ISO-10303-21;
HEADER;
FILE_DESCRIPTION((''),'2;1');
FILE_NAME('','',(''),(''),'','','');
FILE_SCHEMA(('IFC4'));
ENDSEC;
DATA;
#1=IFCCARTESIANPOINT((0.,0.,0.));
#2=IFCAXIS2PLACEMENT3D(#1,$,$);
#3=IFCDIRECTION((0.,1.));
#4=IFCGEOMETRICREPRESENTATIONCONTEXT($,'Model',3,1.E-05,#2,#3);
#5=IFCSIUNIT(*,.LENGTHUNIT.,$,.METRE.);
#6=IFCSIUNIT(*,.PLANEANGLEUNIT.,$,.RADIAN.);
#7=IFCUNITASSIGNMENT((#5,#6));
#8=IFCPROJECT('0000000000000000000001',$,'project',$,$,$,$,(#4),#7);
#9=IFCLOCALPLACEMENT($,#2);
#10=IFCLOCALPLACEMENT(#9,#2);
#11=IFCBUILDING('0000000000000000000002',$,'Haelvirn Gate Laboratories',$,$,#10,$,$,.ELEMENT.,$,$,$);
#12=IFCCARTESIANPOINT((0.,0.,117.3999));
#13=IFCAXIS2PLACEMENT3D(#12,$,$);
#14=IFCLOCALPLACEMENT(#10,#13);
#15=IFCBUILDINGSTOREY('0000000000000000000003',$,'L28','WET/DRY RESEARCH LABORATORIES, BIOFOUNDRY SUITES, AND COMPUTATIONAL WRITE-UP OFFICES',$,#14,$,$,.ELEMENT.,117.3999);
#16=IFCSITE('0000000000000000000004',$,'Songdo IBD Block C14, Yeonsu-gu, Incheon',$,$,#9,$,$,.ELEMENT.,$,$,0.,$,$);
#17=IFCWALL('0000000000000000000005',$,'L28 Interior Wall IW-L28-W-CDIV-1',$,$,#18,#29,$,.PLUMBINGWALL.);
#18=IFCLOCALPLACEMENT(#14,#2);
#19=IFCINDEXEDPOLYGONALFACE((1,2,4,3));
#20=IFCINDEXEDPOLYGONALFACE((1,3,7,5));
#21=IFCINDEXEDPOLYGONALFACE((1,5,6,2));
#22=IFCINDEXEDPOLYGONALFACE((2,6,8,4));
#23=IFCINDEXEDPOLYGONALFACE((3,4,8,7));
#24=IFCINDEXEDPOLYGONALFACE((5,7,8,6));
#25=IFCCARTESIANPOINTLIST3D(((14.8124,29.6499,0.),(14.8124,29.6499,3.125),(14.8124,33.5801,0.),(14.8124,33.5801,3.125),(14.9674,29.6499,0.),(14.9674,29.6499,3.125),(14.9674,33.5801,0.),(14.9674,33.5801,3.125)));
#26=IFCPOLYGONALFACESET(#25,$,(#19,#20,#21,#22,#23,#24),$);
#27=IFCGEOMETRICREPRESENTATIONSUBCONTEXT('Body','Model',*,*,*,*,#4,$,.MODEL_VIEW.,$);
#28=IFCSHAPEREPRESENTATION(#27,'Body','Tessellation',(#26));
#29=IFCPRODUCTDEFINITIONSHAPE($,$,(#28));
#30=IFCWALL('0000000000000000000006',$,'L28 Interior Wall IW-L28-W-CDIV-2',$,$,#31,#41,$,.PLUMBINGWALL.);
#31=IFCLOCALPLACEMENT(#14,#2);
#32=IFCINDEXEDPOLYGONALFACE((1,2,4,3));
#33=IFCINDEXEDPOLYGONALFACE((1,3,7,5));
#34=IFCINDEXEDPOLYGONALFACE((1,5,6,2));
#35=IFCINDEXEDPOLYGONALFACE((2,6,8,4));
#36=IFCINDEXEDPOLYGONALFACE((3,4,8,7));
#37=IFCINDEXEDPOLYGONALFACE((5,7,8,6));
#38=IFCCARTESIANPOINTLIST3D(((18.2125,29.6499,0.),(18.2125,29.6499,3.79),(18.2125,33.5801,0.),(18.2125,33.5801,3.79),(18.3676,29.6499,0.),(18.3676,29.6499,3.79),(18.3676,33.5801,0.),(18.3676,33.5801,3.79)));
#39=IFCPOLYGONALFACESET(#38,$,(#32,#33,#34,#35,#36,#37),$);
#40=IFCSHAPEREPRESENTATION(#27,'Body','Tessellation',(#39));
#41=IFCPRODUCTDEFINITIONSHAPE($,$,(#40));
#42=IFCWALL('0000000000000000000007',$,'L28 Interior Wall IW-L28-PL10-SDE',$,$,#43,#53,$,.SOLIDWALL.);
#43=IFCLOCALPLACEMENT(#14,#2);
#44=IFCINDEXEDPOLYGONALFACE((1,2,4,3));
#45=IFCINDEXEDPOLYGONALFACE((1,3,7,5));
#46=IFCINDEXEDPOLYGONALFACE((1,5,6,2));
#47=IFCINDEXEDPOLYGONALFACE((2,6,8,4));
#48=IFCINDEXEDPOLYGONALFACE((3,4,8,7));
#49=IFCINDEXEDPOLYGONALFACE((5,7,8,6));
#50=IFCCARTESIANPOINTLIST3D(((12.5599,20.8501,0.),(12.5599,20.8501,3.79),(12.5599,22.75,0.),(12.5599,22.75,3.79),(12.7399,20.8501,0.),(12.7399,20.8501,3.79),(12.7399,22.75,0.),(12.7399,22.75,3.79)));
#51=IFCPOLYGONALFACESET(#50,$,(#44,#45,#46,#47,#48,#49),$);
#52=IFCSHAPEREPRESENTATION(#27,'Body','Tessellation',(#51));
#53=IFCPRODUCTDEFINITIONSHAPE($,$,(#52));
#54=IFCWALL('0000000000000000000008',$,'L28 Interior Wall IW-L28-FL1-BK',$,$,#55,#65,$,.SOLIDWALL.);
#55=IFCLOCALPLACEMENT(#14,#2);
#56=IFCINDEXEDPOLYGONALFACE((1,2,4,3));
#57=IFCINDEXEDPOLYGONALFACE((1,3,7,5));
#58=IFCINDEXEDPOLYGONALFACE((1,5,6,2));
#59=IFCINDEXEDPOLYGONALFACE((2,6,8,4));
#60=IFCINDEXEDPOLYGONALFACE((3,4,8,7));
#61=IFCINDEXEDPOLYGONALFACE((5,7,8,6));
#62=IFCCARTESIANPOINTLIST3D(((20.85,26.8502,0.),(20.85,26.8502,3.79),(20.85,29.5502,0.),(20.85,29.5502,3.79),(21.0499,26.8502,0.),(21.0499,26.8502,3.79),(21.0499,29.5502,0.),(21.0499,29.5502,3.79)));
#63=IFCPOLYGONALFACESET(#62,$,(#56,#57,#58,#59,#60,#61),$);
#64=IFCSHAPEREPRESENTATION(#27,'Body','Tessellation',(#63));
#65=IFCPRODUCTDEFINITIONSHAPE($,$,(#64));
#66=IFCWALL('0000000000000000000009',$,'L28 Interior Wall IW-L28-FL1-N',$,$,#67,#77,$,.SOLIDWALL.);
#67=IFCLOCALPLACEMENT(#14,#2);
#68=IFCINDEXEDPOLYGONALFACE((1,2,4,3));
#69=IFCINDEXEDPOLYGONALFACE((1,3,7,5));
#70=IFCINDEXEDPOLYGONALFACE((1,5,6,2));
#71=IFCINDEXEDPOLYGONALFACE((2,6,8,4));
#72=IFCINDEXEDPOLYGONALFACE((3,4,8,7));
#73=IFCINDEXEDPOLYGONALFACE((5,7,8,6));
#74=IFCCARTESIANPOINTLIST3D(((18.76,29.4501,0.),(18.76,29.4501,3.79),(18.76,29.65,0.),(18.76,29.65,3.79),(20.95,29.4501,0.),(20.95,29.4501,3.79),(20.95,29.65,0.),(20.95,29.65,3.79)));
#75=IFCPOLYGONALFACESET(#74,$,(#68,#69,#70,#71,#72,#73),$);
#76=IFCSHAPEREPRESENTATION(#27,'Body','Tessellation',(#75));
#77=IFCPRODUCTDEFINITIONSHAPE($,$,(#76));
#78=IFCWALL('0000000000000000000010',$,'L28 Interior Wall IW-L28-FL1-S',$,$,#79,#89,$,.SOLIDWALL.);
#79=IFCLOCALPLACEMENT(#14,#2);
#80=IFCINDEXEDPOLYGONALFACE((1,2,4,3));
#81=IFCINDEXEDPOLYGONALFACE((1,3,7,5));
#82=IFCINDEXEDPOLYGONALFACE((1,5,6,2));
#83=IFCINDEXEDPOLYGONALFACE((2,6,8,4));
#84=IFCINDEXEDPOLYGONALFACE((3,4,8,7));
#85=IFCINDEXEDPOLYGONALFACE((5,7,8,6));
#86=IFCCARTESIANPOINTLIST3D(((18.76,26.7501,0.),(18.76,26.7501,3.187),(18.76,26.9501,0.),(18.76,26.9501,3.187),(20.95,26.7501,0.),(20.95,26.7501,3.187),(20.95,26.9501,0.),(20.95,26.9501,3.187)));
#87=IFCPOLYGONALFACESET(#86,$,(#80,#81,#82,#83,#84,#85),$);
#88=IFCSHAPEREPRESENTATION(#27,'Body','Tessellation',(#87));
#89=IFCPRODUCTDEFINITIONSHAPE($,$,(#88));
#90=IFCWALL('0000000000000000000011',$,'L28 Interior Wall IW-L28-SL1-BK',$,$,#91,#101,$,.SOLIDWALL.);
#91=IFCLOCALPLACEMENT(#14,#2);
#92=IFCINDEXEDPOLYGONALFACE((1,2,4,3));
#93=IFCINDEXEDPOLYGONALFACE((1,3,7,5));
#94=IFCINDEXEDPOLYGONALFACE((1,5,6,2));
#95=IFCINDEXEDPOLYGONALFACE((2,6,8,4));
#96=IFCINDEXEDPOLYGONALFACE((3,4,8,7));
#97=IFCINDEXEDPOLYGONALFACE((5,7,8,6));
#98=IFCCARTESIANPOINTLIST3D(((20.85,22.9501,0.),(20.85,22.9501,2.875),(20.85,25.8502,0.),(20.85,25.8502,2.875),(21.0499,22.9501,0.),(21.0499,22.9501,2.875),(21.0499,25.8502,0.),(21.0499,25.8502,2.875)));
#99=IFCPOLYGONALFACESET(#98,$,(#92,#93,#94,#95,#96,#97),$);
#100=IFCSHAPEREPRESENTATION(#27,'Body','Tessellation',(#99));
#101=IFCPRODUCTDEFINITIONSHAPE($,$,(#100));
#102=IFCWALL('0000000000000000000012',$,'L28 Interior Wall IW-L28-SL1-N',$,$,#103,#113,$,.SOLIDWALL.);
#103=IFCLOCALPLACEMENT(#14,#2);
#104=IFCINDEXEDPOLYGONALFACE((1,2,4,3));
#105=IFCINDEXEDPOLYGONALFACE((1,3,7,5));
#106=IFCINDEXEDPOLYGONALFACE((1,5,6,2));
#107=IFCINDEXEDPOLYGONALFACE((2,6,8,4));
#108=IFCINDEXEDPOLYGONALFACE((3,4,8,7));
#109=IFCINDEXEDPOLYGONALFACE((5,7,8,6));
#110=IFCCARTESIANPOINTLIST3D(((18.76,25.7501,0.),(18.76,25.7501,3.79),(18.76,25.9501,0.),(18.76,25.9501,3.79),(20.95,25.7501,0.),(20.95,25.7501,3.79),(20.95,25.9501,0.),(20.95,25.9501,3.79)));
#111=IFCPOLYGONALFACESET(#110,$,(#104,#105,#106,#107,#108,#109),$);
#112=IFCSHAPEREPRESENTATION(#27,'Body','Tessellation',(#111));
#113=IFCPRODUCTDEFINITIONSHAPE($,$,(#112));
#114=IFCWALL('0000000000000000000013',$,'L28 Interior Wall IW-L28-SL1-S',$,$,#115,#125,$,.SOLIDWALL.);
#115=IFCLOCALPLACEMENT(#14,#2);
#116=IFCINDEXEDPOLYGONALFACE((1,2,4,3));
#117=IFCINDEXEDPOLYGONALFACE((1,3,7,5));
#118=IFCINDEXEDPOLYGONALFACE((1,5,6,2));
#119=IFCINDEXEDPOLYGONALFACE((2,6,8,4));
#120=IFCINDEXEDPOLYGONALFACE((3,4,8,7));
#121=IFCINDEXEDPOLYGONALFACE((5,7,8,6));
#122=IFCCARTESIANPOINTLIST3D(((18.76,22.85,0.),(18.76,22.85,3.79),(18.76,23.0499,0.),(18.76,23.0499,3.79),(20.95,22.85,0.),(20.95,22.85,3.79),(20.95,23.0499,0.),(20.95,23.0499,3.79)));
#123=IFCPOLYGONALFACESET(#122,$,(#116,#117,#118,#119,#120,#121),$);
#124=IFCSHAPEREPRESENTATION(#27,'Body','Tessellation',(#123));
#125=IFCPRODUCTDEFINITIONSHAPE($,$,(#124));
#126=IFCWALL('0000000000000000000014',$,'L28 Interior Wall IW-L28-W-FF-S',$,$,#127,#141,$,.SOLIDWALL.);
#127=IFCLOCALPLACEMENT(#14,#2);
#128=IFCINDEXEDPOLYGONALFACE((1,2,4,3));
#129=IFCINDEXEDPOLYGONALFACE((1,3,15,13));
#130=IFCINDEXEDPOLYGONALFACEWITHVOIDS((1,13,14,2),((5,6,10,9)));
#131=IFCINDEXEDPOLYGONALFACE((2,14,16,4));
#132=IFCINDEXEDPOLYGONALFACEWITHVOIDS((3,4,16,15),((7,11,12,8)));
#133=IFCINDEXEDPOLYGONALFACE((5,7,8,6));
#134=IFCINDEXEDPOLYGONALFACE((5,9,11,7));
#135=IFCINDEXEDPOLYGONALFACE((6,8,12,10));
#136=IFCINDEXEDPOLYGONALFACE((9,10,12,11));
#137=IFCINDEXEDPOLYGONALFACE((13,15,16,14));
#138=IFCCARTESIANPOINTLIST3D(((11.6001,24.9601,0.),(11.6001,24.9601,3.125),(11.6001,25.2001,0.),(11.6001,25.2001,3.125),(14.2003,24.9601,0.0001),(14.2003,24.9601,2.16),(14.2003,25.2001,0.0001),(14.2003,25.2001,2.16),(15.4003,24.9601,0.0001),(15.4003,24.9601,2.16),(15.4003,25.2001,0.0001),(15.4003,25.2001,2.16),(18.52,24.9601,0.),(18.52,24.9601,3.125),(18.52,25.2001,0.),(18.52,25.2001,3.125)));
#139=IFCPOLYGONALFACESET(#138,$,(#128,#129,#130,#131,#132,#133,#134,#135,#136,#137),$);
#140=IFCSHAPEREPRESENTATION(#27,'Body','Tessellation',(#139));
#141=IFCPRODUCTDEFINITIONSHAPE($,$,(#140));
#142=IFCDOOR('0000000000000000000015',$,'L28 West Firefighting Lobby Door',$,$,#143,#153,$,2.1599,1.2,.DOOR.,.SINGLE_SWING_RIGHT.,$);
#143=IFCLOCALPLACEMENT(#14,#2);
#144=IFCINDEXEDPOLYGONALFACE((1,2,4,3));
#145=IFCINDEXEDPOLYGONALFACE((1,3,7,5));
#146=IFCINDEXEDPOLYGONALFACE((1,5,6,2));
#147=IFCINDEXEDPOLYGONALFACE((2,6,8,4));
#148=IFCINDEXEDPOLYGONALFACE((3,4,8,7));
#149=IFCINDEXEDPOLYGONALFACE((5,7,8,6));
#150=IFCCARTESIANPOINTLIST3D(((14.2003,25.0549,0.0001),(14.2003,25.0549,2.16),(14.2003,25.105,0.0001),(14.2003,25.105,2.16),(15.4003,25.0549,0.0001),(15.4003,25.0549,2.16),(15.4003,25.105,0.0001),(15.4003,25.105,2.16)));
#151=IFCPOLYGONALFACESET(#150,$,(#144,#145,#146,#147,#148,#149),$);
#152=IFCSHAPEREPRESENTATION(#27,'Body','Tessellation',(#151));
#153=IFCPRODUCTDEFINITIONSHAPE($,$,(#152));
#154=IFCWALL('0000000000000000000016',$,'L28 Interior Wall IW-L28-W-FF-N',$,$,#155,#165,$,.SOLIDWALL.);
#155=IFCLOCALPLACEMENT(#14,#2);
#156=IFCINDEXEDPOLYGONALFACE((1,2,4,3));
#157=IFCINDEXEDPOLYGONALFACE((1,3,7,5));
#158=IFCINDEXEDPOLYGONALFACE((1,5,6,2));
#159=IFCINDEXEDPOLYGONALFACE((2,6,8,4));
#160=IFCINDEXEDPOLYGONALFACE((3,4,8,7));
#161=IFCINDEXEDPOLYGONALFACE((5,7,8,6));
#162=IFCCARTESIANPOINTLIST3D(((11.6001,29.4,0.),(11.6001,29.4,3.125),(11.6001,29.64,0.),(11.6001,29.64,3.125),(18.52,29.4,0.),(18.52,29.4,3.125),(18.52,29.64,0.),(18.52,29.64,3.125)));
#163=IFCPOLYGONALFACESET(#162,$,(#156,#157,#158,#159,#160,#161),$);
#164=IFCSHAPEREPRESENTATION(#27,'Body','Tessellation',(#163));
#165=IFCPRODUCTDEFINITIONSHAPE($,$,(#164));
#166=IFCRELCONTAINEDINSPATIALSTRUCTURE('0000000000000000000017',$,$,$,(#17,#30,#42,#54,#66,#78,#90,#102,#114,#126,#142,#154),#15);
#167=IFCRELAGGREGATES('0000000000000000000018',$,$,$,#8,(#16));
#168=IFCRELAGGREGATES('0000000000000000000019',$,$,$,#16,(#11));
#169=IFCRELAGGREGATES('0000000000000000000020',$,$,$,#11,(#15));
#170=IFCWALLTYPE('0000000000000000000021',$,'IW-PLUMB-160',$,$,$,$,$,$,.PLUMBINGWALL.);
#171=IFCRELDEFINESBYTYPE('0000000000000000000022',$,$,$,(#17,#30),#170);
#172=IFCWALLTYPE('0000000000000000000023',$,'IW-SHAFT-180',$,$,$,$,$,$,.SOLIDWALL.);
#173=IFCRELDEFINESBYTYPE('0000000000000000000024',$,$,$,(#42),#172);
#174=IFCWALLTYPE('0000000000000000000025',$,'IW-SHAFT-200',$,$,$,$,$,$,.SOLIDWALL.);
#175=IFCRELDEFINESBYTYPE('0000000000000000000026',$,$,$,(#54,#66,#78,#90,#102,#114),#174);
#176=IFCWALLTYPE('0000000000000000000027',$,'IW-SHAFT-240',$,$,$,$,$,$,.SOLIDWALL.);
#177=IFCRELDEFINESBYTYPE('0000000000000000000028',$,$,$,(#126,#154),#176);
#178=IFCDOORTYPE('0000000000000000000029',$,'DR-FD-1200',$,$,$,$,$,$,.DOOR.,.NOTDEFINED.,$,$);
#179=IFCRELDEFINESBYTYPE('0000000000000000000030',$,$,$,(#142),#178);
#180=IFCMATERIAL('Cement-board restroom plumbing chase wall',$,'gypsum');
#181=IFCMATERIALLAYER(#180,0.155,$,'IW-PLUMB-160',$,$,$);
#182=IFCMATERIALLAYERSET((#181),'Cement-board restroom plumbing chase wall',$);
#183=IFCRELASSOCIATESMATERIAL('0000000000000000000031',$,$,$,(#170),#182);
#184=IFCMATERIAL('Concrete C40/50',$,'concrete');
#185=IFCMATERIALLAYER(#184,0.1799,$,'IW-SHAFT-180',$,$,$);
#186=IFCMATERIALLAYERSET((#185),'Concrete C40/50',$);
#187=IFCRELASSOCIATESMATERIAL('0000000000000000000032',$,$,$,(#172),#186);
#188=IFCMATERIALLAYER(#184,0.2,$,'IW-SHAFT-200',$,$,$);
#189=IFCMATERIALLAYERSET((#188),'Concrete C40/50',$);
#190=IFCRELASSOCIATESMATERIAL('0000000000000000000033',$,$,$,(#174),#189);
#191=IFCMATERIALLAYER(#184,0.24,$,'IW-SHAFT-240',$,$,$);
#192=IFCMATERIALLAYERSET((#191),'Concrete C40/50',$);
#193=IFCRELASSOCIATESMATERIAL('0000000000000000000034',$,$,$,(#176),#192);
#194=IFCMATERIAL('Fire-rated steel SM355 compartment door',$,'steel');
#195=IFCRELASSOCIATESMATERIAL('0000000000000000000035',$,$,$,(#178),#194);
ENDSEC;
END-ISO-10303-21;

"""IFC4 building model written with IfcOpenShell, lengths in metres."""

from ifc_helpers import new_model, si_unit, direction, frame, frame_2d, origin, place, context, subcontext, project, spatial, rectangle, extrude, source, transform, mapped, material, layer, layer_set, type_object, type_shapes, element, fill, save


model = new_model("IFC4")

# Units and contexts
model_context = context("Model", 3, precision=1e-05, world=origin(), true_north=direction((0.0, 1.0)))
body_context = subcontext(model_context, "Body", "Model", "MODEL_VIEW")
ifc_project = project(units=[si_unit("LENGTHUNIT", "METRE"), si_unit("PLANEANGLEUNIT", "RADIAN")], contexts=[model_context])

# Site, building, storey
site_placement = place(None, origin())
site = spatial("IfcSite", under=ifc_project, at=site_placement, Name="Songdo IBD Block C14, Yeonsu-gu, Incheon", CompositionType="ELEMENT", RefElevation=0.0)
building_placement = place(site_placement, origin())
building = spatial("IfcBuilding", under=site, at=building_placement, Name="Haelvirn Gate Laboratories", CompositionType="ELEMENT")
storey_placement = place(building_placement, frame((0.0, 0.0, 117.3999)))
storey = spatial("IfcBuildingStorey", under=building, at=storey_placement, Name="L28", Description="WET/DRY RESEARCH LABORATORIES, BIOFOUNDRY SUITES, AND COMPUTATIONAL WRITE-UP OFFICES", CompositionType="ELEMENT", Elevation=117.3999)

# Walls
ifc_material_1 = material(Name="Cement-board restroom plumbing chase wall", Category="gypsum")
ifc_layer_1 = layer(ifc_material_1, 0.155, Name="IW-PLUMB-160")
ifc_layer_set_1 = layer_set([ifc_layer_1], Name="Cement-board restroom plumbing chase wall")
wall_type_1 = type_object("IfcWallType", Name="IW-PLUMB-160", PredefinedType="PLUMBINGWALL", material=ifc_layer_set_1)
wall_1_placement = place(storey_placement, frame((14.8899, 29.6499, 0.0), z_axis=(0.0, 0.0, 1.0), x_axis=(0.0, 1.0, 0.0)))
element("IfcWall", 1, at=wall_1_placement, inside=storey, type_object=wall_type_1, Name="L28 Interior Wall IW-L28-W-CDIV-1", PredefinedType="PLUMBINGWALL", context=body_context, shape_type="SweptSolid", body=[
    extrude(rectangle(XDim=3.9302, YDim=0.155, at=frame_2d((1.9651, 0.0))), origin(), (0.0, 0.0, 1.0), 3.125),
])
wall_2_placement = place(storey_placement, frame((18.29, 29.6499, 0.0), z_axis=(0.0, 0.0, 1.0), x_axis=(0.0, 1.0, 0.0)))
element("IfcWall", 2, at=wall_2_placement, inside=storey, type_object=wall_type_1, Name="L28 Interior Wall IW-L28-W-CDIV-2", PredefinedType="PLUMBINGWALL", context=body_context, shape_type="SweptSolid", body=[
    extrude(rectangle(XDim=3.9302, YDim=0.155, at=frame_2d((1.9651, 0.0))), origin(), (0.0, 0.0, 1.0), 3.79),
])
ifc_material_2 = material(Name="Concrete C40/50", Category="concrete")
ifc_layer_2 = layer(ifc_material_2, 0.1799, Name="IW-SHAFT-180")
ifc_layer_set_2 = layer_set([ifc_layer_2], Name="Concrete C40/50")
wall_type_2 = type_object("IfcWallType", Name="IW-SHAFT-180", PredefinedType="SOLIDWALL", material=ifc_layer_set_2)
wall_3_placement = place(storey_placement, frame((12.6499, 20.8501, 0.0), z_axis=(0.0, 0.0, 1.0), x_axis=(0.0, 1.0, 0.0)))
element("IfcWall", 3, at=wall_3_placement, inside=storey, type_object=wall_type_2, Name="L28 Interior Wall IW-L28-PL10-SDE", PredefinedType="SOLIDWALL", context=body_context, shape_type="SweptSolid", body=[
    extrude(rectangle(XDim=1.8999, YDim=0.1799, at=frame_2d((0.95, 0.0))), origin(), (0.0, 0.0, 1.0), 3.79),
])
ifc_layer_3 = layer(ifc_material_2, 0.2, Name="IW-SHAFT-200")
ifc_layer_set_3 = layer_set([ifc_layer_3], Name="Concrete C40/50")
wall_type_3 = type_object("IfcWallType", Name="IW-SHAFT-200", PredefinedType="SOLIDWALL", material=ifc_layer_set_3)
wall_4_placement = place(storey_placement, frame((20.95, 26.8501, 0.0), z_axis=(0.0, 0.0, 1.0), x_axis=(0.0, 1.0, 0.0)))
element("IfcWall", 4, at=wall_4_placement, inside=storey, type_object=wall_type_3, Name="L28 Interior Wall IW-L28-FL1-BK", PredefinedType="SOLIDWALL", context=body_context, shape_type="SweptSolid", body=[
    extrude(rectangle(XDim=2.7, YDim=0.2, at=frame_2d((1.3501, 0.0))), origin(), (0.0, 0.0, 1.0), 3.79),
])
wall_5_placement = place(storey_placement, frame((18.76, 29.55, 0.0), z_axis=(0.0, 0.0, 1.0), x_axis=(1.0, 0.0, 0.0)))
element("IfcWall", 5, at=wall_5_placement, inside=storey, type_object=wall_type_3, Name="L28 Interior Wall IW-L28-FL1-N", PredefinedType="SOLIDWALL", context=body_context, shape_type="SweptSolid", body=[
    extrude(rectangle(XDim=2.1899, YDim=0.2, at=frame_2d((1.095, 0.0))), origin(), (0.0, 0.0, 1.0), 3.79),
])
wall_6_placement = place(storey_placement, frame((18.76, 26.8501, 0.0), z_axis=(0.0, 0.0, 1.0), x_axis=(1.0, 0.0, 0.0)))
element("IfcWall", 6, at=wall_6_placement, inside=storey, type_object=wall_type_3, Name="L28 Interior Wall IW-L28-FL1-S", PredefinedType="SOLIDWALL", context=body_context, shape_type="SweptSolid", body=[
    extrude(rectangle(XDim=2.1899, YDim=0.2, at=frame_2d((1.095, 0.0))), origin(), (0.0, 0.0, 1.0), 3.187),
])
wall_7_placement = place(storey_placement, frame((20.95, 22.95, 0.0), z_axis=(0.0, 0.0, 1.0), x_axis=(0.0, 1.0, 0.0)))
element("IfcWall", 7, at=wall_7_placement, inside=storey, type_object=wall_type_3, Name="L28 Interior Wall IW-L28-SL1-BK", PredefinedType="SOLIDWALL", context=body_context, shape_type="SweptSolid", body=[
    extrude(rectangle(XDim=2.9001, YDim=0.2, at=frame_2d((1.4502, 0.0))), origin(), (0.0, 0.0, 1.0), 2.875),
])
for number, where, z_axis, x_axis, name in (
    (8, (18.76, 25.8501, 0.0), (0.0, 0.0, 1.0), (1.0, 0.0, 0.0), "L28 Interior Wall IW-L28-SL1-N"),
    (9, (18.76, 22.95, 0.0), (0.0, 0.0, 1.0), (1.0, 0.0, 0.0), "L28 Interior Wall IW-L28-SL1-S"),
):
    element("IfcWall", number, at=place(storey_placement, frame(where, z_axis=z_axis, x_axis=x_axis)), inside=storey, type_object=wall_type_3, Name=name, PredefinedType="SOLIDWALL", context=body_context, shape_type="SweptSolid", body=[
        extrude(rectangle(XDim=2.1899, YDim=0.2, at=frame_2d((1.095, 0.0))), origin(), (0.0, 0.0, 1.0), 3.79),
    ])

# Wall, opening, door
ifc_layer_4 = layer(ifc_material_2, 0.24, Name="IW-SHAFT-240")
ifc_layer_set_4 = layer_set([ifc_layer_4], Name="Concrete C40/50")
wall_type_4 = type_object("IfcWallType", Name="IW-SHAFT-240", PredefinedType="SOLIDWALL", material=ifc_layer_set_4)
wall_8_placement = place(storey_placement, frame((11.6001, 25.0801, 0.0), z_axis=(0.0, 0.0, 1.0), x_axis=(1.0, 0.0, 0.0)))
wall_8 = element("IfcWall", 10, at=wall_8_placement, inside=storey, type_object=wall_type_4, Name="L28 Interior Wall IW-L28-W-FF-S", PredefinedType="SOLIDWALL", context=body_context, shape_type="SweptSolid", body=[
    extrude(rectangle(XDim=6.9199, YDim=0.24, at=frame_2d((3.46, 0.0))), origin(), (0.0, 0.0, 1.0), 3.125),
])
opening_1_placement = place(wall_8_placement, frame((2.6001, 0.0, 0.0)))
opening_1 = element("IfcOpeningElement", 11, at=opening_1_placement, cuts=wall_8, PredefinedType="OPENING", context=body_context, shape_type="SweptSolid", body=[
    extrude(rectangle(XDim=1.2, YDim=2.1599, at=frame_2d((0.6001, 1.0801))), frame((0.0, 0.1299, 0.0), z_axis=(0.0, -1.0, 0.0), x_axis=(1.0, 0.0, 0.0)), (0.0, 0.0, 1.0), 0.26),
])
ifc_material_3 = material(Name="Fire-rated steel SM355 compartment door", Category="steel")
door_type_1 = type_object("IfcDoorType", Name="DR-FD-1200", OperationType="NOTDEFINED", PredefinedType="DOOR", material=ifc_material_3)
shared_shape_1 = source(origin(), body_context, "Body", "SweptSolid", [
    extrude(rectangle(XDim=1.2, YDim=2.1599, at=frame_2d((0.6001, 1.0801))), frame((0.0, 0.0249, 0.0), z_axis=(0.0, -1.0, 0.0), x_axis=(1.0, 0.0, 0.0)), (0.0, 0.0, 1.0), 0.05),
])
type_shapes(door_type_1, [shared_shape_1])
door_1_placement = place(opening_1_placement, origin())
door_1 = element("IfcDoor", 12, at=door_1_placement, inside=storey, type_object=door_type_1, Name="L28 West Firefighting Lobby Door", OperationType="SINGLE_SWING_RIGHT", OverallHeight=2.1599, OverallWidth=1.2, PredefinedType="DOOR", context=body_context, shape_type="MappedRepresentation", body=[
    mapped(shared_shape_1, transform((0.0, 0.0, 0.0), scale=1.0)),
])
fill(opening_1, door_1)

# Wall
wall_9_placement = place(storey_placement, frame((11.6001, 29.52, 0.0), z_axis=(0.0, 0.0, 1.0), x_axis=(1.0, 0.0, 0.0)))
element("IfcWall", 13, at=wall_9_placement, inside=storey, type_object=wall_type_4, Name="L28 Interior Wall IW-L28-W-FF-N", PredefinedType="SOLIDWALL", context=body_context, shape_type="SweptSolid", body=[
    extrude(rectangle(XDim=6.9199, YDim=0.24, at=frame_2d((3.46, 0.0))), origin(), (0.0, 0.0, 1.0), 3.125),
])

save(model, "model.ifc")
